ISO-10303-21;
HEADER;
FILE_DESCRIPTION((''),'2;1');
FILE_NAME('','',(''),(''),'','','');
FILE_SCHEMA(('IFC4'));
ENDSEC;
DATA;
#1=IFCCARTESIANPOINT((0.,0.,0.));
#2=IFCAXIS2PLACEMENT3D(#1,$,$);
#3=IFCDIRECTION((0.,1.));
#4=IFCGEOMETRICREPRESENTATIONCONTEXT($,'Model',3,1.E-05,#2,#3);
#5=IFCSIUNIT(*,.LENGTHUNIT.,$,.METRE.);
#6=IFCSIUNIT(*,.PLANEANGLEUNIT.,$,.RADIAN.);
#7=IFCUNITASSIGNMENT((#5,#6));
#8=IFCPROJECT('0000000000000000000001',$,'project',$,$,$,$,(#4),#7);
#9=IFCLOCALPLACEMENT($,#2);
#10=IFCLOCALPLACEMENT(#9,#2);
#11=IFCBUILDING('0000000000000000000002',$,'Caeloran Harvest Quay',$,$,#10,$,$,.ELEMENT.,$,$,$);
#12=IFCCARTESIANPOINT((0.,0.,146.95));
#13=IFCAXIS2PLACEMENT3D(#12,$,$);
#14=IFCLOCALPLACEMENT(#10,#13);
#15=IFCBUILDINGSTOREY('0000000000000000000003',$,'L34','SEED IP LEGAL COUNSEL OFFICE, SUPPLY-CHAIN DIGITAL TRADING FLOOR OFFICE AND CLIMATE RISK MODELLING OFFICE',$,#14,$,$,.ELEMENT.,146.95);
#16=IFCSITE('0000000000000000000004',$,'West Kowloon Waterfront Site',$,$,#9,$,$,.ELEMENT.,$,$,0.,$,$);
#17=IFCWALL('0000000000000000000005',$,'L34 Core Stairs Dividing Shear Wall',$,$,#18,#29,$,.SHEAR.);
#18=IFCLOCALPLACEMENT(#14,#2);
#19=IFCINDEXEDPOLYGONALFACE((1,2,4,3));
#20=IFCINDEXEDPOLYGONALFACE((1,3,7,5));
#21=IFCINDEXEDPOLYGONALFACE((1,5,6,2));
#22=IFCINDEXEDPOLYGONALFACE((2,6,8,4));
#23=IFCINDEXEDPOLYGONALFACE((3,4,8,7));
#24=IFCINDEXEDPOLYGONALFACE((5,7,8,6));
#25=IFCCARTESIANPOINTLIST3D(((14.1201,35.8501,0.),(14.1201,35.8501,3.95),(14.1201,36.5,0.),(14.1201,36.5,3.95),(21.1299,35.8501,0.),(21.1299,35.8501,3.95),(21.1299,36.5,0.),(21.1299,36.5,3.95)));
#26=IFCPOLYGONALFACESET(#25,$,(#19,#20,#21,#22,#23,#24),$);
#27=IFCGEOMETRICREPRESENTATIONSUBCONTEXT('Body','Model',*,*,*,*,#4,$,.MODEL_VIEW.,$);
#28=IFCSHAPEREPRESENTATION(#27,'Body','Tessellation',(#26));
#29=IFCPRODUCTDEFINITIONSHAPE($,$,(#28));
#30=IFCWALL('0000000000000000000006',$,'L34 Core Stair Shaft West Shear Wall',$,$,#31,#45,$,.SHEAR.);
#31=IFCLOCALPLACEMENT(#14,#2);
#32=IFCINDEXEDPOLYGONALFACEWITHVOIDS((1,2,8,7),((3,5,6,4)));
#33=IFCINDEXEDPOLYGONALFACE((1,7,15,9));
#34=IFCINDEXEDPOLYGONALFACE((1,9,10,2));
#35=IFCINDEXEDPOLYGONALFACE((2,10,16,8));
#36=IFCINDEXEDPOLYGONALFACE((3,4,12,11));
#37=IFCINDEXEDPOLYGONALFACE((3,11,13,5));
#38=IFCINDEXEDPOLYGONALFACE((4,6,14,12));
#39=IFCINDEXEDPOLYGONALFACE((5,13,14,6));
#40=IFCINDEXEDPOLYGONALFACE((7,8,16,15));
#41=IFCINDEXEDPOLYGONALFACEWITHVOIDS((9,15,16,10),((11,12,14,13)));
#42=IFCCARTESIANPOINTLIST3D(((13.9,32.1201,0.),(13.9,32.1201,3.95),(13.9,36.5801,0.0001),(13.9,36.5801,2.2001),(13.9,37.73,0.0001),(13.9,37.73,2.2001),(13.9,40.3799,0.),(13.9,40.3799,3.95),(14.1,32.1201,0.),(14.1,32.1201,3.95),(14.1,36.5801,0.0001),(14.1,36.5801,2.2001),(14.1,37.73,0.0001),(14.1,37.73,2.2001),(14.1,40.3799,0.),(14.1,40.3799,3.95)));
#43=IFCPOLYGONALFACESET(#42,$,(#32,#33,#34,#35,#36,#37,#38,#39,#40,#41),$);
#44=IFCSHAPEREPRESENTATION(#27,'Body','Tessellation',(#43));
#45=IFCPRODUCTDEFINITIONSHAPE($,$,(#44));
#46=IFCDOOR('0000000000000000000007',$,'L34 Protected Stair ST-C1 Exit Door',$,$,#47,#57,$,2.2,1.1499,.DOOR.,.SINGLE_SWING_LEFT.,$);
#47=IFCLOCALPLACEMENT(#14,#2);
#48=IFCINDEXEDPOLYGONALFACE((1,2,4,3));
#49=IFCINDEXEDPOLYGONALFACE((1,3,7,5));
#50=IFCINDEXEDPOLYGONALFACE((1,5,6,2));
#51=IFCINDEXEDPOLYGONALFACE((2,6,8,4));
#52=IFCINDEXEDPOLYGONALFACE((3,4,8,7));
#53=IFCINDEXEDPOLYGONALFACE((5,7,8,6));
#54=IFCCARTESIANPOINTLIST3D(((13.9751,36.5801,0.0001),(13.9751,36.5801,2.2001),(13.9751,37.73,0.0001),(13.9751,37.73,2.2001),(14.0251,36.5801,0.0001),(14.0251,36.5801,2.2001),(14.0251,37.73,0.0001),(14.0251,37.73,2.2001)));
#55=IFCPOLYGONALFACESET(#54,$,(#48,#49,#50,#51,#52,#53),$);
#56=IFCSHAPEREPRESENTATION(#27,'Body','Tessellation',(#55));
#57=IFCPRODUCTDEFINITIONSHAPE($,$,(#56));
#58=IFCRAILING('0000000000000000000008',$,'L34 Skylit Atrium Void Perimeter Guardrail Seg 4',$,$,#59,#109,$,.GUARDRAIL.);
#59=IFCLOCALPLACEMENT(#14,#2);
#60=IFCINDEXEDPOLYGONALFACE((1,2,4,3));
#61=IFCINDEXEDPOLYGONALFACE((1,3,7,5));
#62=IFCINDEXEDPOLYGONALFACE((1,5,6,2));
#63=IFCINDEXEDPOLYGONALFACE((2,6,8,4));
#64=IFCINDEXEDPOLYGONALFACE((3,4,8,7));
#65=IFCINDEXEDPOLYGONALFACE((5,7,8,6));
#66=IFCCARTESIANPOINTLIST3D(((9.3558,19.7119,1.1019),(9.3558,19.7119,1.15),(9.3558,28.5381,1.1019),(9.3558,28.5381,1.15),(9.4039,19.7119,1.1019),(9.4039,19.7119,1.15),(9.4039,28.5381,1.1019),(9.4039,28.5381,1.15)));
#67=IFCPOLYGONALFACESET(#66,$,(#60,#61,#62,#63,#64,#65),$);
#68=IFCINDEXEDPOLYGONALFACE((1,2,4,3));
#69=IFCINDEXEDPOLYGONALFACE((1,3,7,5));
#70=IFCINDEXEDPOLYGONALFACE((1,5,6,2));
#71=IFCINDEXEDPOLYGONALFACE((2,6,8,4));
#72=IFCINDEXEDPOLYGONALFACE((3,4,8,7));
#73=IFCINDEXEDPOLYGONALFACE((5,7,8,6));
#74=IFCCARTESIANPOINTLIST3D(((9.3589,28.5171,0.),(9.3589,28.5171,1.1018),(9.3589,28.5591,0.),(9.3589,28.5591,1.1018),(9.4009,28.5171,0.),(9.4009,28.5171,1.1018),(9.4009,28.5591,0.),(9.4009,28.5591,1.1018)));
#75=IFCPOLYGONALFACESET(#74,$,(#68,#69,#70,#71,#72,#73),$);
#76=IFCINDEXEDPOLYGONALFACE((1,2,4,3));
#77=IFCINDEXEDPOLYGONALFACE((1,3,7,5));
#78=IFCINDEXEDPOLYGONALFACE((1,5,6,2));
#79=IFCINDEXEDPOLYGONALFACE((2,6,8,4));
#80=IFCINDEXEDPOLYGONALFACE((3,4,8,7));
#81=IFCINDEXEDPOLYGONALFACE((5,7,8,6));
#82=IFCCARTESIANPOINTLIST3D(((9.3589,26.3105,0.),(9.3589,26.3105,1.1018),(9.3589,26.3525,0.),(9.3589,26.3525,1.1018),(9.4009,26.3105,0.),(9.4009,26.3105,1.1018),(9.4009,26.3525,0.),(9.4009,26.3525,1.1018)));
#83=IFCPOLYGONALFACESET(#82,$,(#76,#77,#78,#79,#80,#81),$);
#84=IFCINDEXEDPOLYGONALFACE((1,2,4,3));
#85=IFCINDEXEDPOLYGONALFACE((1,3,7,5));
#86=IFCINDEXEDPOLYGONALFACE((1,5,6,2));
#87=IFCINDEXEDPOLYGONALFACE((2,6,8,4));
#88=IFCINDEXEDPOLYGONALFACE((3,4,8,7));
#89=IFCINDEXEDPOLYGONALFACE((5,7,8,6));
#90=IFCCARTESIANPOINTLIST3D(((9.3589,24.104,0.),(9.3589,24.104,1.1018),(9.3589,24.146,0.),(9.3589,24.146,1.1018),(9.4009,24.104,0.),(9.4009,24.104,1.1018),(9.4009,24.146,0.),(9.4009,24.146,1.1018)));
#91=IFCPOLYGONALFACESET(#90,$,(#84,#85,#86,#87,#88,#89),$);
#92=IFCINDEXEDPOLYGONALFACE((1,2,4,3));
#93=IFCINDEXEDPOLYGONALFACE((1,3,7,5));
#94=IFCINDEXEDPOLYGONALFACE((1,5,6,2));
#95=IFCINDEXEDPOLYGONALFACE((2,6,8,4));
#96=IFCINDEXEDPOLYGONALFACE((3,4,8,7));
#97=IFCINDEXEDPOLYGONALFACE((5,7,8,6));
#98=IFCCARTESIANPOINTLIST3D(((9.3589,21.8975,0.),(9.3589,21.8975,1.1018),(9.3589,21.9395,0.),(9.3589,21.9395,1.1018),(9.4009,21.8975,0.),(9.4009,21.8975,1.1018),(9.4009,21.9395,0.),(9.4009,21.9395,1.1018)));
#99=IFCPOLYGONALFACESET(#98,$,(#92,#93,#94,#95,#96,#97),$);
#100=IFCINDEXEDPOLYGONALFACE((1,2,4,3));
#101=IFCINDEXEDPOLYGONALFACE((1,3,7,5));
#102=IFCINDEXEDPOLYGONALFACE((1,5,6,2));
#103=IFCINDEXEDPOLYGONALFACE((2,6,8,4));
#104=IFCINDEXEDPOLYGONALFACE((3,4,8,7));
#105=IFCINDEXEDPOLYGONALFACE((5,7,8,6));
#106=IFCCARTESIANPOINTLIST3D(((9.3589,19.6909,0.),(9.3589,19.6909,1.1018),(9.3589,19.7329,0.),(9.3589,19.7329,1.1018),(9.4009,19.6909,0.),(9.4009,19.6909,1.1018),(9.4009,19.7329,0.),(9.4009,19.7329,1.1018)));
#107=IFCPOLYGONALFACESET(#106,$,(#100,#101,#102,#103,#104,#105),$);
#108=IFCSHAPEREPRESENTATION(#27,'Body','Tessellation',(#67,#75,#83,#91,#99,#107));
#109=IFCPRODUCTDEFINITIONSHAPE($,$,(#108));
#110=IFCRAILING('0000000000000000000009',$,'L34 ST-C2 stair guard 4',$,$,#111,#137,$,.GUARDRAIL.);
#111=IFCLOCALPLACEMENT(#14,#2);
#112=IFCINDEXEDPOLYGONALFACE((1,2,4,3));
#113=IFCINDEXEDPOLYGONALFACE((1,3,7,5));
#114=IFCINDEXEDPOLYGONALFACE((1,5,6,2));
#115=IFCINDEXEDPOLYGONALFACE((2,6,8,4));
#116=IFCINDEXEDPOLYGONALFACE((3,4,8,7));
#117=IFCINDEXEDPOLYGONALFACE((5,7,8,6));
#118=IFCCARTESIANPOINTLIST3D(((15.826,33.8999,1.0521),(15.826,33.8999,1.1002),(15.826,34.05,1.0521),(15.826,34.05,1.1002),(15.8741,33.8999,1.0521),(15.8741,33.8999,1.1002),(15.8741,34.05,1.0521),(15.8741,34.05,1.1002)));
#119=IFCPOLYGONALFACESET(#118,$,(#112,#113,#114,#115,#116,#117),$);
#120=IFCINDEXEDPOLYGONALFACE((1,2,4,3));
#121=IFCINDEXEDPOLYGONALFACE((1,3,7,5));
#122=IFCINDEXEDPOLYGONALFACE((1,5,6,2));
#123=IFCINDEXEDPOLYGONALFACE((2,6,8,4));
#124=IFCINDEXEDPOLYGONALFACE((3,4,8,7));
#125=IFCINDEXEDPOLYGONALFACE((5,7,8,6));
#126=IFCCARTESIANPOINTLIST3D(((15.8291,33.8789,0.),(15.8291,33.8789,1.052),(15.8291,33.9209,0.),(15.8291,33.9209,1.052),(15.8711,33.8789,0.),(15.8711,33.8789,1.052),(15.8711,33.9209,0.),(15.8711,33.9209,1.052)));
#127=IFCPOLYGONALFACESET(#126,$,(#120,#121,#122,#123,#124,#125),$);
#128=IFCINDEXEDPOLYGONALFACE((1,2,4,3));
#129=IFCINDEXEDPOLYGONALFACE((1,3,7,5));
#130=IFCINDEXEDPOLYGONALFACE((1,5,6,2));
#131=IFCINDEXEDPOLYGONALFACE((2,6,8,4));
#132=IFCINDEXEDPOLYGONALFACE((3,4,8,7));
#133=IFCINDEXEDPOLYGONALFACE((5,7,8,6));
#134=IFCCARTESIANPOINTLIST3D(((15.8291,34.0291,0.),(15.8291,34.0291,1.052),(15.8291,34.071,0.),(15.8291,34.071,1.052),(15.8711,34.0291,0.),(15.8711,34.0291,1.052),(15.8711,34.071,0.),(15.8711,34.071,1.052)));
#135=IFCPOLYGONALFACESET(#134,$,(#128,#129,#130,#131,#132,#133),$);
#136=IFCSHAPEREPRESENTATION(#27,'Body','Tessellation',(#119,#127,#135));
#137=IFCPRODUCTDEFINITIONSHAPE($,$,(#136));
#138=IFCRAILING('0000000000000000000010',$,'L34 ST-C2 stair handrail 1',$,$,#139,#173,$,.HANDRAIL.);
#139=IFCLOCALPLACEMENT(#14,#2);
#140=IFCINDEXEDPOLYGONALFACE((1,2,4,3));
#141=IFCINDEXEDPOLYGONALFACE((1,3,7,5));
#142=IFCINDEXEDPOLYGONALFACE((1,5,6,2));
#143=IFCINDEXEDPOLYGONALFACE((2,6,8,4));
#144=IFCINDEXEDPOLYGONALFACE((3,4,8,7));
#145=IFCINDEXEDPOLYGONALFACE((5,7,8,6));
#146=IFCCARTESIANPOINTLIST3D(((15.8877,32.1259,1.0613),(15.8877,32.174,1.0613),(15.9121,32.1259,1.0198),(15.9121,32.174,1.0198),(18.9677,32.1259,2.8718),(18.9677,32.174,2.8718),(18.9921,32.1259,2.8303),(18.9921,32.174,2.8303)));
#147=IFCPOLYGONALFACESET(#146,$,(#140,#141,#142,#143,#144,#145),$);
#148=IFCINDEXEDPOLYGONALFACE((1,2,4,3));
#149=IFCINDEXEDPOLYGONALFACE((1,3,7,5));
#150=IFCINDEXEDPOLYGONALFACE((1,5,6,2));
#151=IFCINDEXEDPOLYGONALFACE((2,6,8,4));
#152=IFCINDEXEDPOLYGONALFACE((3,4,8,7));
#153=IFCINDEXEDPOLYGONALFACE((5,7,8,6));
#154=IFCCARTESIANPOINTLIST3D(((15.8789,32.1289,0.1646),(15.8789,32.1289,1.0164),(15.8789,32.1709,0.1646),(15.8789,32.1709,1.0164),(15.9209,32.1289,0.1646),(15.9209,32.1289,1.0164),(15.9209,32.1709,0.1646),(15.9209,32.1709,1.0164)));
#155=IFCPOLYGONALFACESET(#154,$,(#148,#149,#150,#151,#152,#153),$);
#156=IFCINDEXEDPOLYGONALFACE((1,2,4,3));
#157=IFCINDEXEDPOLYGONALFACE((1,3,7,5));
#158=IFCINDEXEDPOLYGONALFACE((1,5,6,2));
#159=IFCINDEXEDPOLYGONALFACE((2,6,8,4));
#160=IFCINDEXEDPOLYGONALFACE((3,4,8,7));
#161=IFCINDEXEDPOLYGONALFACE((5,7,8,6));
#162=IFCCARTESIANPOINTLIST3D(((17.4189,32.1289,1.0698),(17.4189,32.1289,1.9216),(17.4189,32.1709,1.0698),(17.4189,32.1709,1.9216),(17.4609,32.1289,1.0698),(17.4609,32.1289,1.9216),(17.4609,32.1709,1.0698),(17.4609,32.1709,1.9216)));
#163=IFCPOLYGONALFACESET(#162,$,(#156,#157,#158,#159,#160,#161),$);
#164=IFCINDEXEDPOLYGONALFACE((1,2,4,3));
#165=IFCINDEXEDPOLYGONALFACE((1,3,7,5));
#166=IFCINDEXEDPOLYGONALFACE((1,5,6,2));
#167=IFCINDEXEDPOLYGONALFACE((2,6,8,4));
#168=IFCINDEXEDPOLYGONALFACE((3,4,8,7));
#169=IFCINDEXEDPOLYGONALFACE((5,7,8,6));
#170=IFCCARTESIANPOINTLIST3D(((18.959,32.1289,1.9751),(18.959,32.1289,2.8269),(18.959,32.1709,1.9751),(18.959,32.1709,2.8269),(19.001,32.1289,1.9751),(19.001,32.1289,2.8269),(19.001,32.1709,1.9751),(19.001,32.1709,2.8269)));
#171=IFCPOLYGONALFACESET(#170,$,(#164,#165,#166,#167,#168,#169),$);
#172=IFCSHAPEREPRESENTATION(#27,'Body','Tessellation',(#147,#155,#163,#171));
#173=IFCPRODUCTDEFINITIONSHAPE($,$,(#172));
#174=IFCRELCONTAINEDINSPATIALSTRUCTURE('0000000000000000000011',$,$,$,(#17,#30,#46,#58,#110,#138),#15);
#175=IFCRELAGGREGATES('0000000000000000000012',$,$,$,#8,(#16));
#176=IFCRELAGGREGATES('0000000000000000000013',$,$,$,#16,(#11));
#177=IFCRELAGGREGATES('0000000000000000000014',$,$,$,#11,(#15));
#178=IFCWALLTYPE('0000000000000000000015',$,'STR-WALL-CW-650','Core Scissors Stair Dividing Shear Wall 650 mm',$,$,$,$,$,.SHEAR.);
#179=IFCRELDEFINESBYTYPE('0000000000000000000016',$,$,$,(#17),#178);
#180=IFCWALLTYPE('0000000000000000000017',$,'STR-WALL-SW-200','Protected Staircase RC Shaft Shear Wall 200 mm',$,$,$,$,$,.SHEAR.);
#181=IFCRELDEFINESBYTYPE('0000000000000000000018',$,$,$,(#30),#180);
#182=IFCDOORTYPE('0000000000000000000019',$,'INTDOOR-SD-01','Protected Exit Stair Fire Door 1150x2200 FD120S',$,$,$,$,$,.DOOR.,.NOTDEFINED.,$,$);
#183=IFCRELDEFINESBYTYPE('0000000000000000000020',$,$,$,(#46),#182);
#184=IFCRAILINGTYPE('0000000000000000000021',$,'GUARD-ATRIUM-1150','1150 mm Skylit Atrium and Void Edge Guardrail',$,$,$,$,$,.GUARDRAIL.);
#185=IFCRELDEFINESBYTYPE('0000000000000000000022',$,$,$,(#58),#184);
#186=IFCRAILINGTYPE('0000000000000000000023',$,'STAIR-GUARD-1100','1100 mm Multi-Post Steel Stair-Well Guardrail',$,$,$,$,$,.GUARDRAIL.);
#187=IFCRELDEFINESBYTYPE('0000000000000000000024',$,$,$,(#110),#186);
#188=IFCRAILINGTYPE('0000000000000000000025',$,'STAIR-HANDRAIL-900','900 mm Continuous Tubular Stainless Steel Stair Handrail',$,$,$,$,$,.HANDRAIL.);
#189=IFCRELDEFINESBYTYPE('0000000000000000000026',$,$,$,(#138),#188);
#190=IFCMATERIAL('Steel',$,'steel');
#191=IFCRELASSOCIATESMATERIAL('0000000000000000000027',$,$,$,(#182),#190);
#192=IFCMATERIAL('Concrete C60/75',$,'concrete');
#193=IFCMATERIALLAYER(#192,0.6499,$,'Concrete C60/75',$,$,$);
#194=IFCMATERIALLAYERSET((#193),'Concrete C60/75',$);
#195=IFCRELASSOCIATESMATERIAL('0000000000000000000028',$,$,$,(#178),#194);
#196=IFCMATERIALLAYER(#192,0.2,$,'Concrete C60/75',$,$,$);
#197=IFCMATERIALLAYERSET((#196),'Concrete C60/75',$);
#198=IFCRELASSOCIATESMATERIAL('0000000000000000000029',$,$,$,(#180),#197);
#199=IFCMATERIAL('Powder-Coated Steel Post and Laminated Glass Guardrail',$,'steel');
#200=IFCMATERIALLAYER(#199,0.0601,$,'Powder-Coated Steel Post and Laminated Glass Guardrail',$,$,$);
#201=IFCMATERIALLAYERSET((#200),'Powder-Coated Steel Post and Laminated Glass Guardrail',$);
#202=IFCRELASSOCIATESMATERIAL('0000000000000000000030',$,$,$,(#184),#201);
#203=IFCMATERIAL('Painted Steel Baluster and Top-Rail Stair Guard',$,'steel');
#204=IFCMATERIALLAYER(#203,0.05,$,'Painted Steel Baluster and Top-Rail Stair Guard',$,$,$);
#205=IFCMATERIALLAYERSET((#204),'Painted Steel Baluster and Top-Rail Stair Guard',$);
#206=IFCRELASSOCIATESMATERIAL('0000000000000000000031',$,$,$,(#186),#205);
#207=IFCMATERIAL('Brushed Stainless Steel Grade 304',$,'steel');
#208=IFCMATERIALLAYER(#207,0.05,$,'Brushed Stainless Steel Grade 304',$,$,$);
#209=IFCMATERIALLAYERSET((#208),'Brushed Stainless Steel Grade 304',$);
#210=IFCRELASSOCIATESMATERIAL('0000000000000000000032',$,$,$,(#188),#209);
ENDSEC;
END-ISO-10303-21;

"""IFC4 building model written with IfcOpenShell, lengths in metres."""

from ifc_helpers import new_model, si_unit, direction, frame, frame_2d, origin, origin_2d, place, context, subcontext, project, spatial, rectangle, extrude, material, layer, layer_set, type_object, element, fill, save


model = new_model("IFC4")

# Units and contexts
model_context = context("Model", 3, precision=1e-05, world=origin(), true_north=direction((0.0, 1.0)))
body_context = subcontext(model_context, "Body", "Model", "MODEL_VIEW")
ifc_project = project(units=[si_unit("LENGTHUNIT", "METRE"), si_unit("PLANEANGLEUNIT", "RADIAN")], contexts=[model_context])

# Site, building, storey
site_placement = place(None, origin())
site = spatial("IfcSite", under=ifc_project, at=site_placement, Name="West Kowloon Waterfront Site", CompositionType="ELEMENT", RefElevation=0.0)
building_placement = place(site_placement, origin())
building = spatial("IfcBuilding", under=site, at=building_placement, Name="Caeloran Harvest Quay", CompositionType="ELEMENT")
storey_placement = place(building_placement, frame((0.0, 0.0, 146.95)))
storey = spatial("IfcBuildingStorey", under=building, at=storey_placement, Name="L34", Description="SEED IP LEGAL COUNSEL OFFICE, SUPPLY-CHAIN DIGITAL TRADING FLOOR OFFICE AND CLIMATE RISK MODELLING OFFICE", CompositionType="ELEMENT", Elevation=146.95)

# Shared definitions
ifc_material_1 = material(Name="Concrete C60/75", Category="concrete")

# Shared definitions
ifc_material_2 = material(Name="Steel", Category="steel")

# Shared definitions
door_type_1 = type_object("IfcDoorType", Name="INTDOOR-SD-01", Description="Protected Exit Stair Fire Door 1150x2200 FD120S", OperationType="NOTDEFINED", PredefinedType="DOOR", material=ifc_material_2)

# Wall
ifc_layer_1 = layer(ifc_material_1, 0.6499, Name="Concrete C60/75")
ifc_layer_set_1 = layer_set([ifc_layer_1], Name="Concrete C60/75")
wall_type_1 = type_object("IfcWallType", Name="STR-WALL-CW-650", Description="Core Scissors Stair Dividing Shear Wall 650 mm", PredefinedType="SHEAR", material=ifc_layer_set_1)
wall_1_placement = place(storey_placement, frame((14.1201, 36.175, 0.0), z_axis=(0.0, 0.0, 1.0), x_axis=(1.0, 0.0, 0.0)))
element("IfcWall", 1, at=wall_1_placement, inside=storey, type_object=wall_type_1, Name="L34 Core Stairs Dividing Shear Wall", PredefinedType="SHEAR", context=body_context, shape_type="SweptSolid", body=[
    extrude(rectangle(XDim=7.0098, YDim=0.6499, at=frame_2d((3.5049, 0.0))), origin(), (0.0, 0.0, 1.0), 3.95),
])

# Wall, opening, door
ifc_layer_2 = layer(ifc_material_1, 0.2, Name="Concrete C60/75")
ifc_layer_set_2 = layer_set([ifc_layer_2], Name="Concrete C60/75")
wall_type_2 = type_object("IfcWallType", Name="STR-WALL-SW-200", Description="Protected Staircase RC Shaft Shear Wall 200 mm", PredefinedType="SHEAR", material=ifc_layer_set_2)
wall_2_placement = place(storey_placement, frame((14.0, 32.1201, 0.0), z_axis=(0.0, 0.0, 1.0), x_axis=(0.0, 1.0, 0.0)))
wall_2 = element("IfcWall", 2, at=wall_2_placement, inside=storey, type_object=wall_type_2, Name="L34 Core Stair Shaft West Shear Wall", PredefinedType="SHEAR", context=body_context, shape_type="SweptSolid", body=[
    extrude(rectangle(XDim=8.2598, YDim=0.2, at=frame_2d((4.1299, 0.0))), origin(), (0.0, 0.0, 1.0), 3.95),
])
opening_1_placement = place(wall_2_placement, frame((4.46, 0.0, 0.0)))
opening_1 = element("IfcOpeningElement", 3, at=opening_1_placement, cuts=wall_2, PredefinedType="OPENING", context=body_context, shape_type="SweptSolid", body=[
    extrude(rectangle(XDim=1.1499, YDim=2.2, at=frame_2d((0.575, 1.1001))), frame((0.0, 0.1099, 0.0), z_axis=(0.0, -1.0, 0.0), x_axis=(1.0, 0.0, 0.0)), (0.0, 0.0, 1.0), 0.22),
])
door_1_placement = place(opening_1_placement, origin())
door_1 = element("IfcDoor", 4, at=door_1_placement, inside=storey, type_object=door_type_1, Name="L34 Protected Stair ST-C1 Exit Door", OperationType="SINGLE_SWING_LEFT", OverallHeight=2.2, OverallWidth=1.1499, PredefinedType="DOOR", context=body_context, shape_type="SweptSolid", body=[
    extrude(rectangle(XDim=1.1499, YDim=2.2, at=frame_2d((0.575, 1.1001))), frame((0.0, 0.0249, 0.0), z_axis=(0.0, -1.0, 0.0), x_axis=(1.0, 0.0, 0.0)), (0.0, 0.0, 1.0), 0.05),
])
fill(opening_1, door_1)

# Railings
ifc_material_3 = material(Name="Powder-Coated Steel Post and Laminated Glass Guardrail", Category="steel")
ifc_layer_3 = layer(ifc_material_3, 0.0601, Name="Powder-Coated Steel Post and Laminated Glass Guardrail")
ifc_layer_set_3 = layer_set([ifc_layer_3], Name="Powder-Coated Steel Post and Laminated Glass Guardrail")
railing_type_1 = type_object("IfcRailingType", Name="GUARD-ATRIUM-1150", Description="1150 mm Skylit Atrium and Void Edge Guardrail", PredefinedType="GUARDRAIL", material=ifc_layer_set_3)
railing_1_placement = place(storey_placement, frame((9.3799, 28.5381, 0.0)))
element("IfcRailing", 5, at=railing_1_placement, inside=storey, type_object=railing_type_1, Name="L34 Skylit Atrium Void Perimeter Guardrail Seg 4", PredefinedType="GUARDRAIL", context=body_context, shape_type="SweptSolid", body=[
    extrude(rectangle(XDim=0.0481, YDim=0.0481, at=origin_2d()), frame((0.0, 0.0, 1.126), z_axis=(0.0, -1.0, 0.0), x_axis=(1.0, 0.0, 0.0)), (0.0, 0.0, 1.0), 8.8262),
    extrude(rectangle(XDim=0.042, YDim=0.042, at=origin_2d()), origin(), (0.0, 0.0, 1.0), 1.1018),
    extrude(rectangle(XDim=0.042, YDim=0.042, at=origin_2d()), frame((0.0, -2.2065, 0.0)), (0.0, 0.0, 1.0), 1.1018),
    extrude(rectangle(XDim=0.042, YDim=0.042, at=origin_2d()), frame((0.0, -4.4131, 0.0)), (0.0, 0.0, 1.0), 1.1018),
    extrude(rectangle(XDim=0.042, YDim=0.042, at=origin_2d()), frame((0.0, -6.6196, 0.0)), (0.0, 0.0, 1.0), 1.1018),
    extrude(rectangle(XDim=0.042, YDim=0.042, at=origin_2d()), frame((0.0, -8.8262, 0.0)), (0.0, 0.0, 1.0), 1.1018),
])
ifc_material_4 = material(Name="Painted Steel Baluster and Top-Rail Stair Guard", Category="steel")
ifc_layer_4 = layer(ifc_material_4, 0.05, Name="Painted Steel Baluster and Top-Rail Stair Guard")
ifc_layer_set_4 = layer_set([ifc_layer_4], Name="Painted Steel Baluster and Top-Rail Stair Guard")
railing_type_2 = type_object("IfcRailingType", Name="STAIR-GUARD-1100", Description="1100 mm Multi-Post Steel Stair-Well Guardrail", PredefinedType="GUARDRAIL", material=ifc_layer_set_4)
railing_2_placement = place(storey_placement, frame((15.8501, 33.8999, 0.0)))
element("IfcRailing", 6, at=railing_2_placement, inside=storey, type_object=railing_type_2, Name="L34 ST-C2 stair guard 4", PredefinedType="GUARDRAIL", context=body_context, shape_type="SweptSolid", body=[
    extrude(rectangle(XDim=0.0481, YDim=0.0481, at=origin_2d()), frame((0.0, 0.0, 1.0762), z_axis=(0.0, 1.0, 0.0), x_axis=(-1.0, 0.0, 0.0)), (0.0, 0.0, 1.0), 0.1501),
    extrude(rectangle(XDim=0.042, YDim=0.042, at=origin_2d()), origin(), (0.0, 0.0, 1.0), 1.052),
    extrude(rectangle(XDim=0.042, YDim=0.042, at=origin_2d()), frame((0.0, 0.1501, 0.0)), (0.0, 0.0, 1.0), 1.052),
])
ifc_material_5 = material(Name="Brushed Stainless Steel Grade 304", Category="steel")
ifc_layer_5 = layer(ifc_material_5, 0.05, Name="Brushed Stainless Steel Grade 304")
ifc_layer_set_5 = layer_set([ifc_layer_5], Name="Brushed Stainless Steel Grade 304")
railing_type_3 = type_object("IfcRailingType", Name="STAIR-HANDRAIL-900", Description="900 mm Continuous Tubular Stainless Steel Stair Handrail", PredefinedType="HANDRAIL", material=ifc_layer_set_5)
railing_3_placement = place(storey_placement, frame((15.8999, 32.1499, 0.1646)))
element("IfcRailing", 7, at=railing_3_placement, inside=storey, type_object=railing_type_3, Name="L34 ST-C2 stair handrail 1", PredefinedType="HANDRAIL", context=body_context, shape_type="SweptSolid", body=[
    extrude(rectangle(XDim=0.0481, YDim=0.0481, at=origin_2d()), frame((0.0, 0.0, 0.876), z_axis=(0.862089, 0.0, 0.506757), x_axis=(0.0, 1.0, 0.0)), (0.0, 0.0, 1.0), 3.5728),
    extrude(rectangle(XDim=0.042, YDim=0.042, at=origin_2d()), origin(), (0.0, 0.0, 1.0), 0.8518),
    extrude(rectangle(XDim=0.042, YDim=0.042, at=origin_2d()), frame((1.54, 0.0, 0.9053)), (0.0, 0.0, 1.0), 0.8518),
    extrude(rectangle(XDim=0.042, YDim=0.042, at=origin_2d()), frame((3.0801, 0.0, 1.8105)), (0.0, 0.0, 1.0), 0.8518),
])

save(model, "model.ifc")
